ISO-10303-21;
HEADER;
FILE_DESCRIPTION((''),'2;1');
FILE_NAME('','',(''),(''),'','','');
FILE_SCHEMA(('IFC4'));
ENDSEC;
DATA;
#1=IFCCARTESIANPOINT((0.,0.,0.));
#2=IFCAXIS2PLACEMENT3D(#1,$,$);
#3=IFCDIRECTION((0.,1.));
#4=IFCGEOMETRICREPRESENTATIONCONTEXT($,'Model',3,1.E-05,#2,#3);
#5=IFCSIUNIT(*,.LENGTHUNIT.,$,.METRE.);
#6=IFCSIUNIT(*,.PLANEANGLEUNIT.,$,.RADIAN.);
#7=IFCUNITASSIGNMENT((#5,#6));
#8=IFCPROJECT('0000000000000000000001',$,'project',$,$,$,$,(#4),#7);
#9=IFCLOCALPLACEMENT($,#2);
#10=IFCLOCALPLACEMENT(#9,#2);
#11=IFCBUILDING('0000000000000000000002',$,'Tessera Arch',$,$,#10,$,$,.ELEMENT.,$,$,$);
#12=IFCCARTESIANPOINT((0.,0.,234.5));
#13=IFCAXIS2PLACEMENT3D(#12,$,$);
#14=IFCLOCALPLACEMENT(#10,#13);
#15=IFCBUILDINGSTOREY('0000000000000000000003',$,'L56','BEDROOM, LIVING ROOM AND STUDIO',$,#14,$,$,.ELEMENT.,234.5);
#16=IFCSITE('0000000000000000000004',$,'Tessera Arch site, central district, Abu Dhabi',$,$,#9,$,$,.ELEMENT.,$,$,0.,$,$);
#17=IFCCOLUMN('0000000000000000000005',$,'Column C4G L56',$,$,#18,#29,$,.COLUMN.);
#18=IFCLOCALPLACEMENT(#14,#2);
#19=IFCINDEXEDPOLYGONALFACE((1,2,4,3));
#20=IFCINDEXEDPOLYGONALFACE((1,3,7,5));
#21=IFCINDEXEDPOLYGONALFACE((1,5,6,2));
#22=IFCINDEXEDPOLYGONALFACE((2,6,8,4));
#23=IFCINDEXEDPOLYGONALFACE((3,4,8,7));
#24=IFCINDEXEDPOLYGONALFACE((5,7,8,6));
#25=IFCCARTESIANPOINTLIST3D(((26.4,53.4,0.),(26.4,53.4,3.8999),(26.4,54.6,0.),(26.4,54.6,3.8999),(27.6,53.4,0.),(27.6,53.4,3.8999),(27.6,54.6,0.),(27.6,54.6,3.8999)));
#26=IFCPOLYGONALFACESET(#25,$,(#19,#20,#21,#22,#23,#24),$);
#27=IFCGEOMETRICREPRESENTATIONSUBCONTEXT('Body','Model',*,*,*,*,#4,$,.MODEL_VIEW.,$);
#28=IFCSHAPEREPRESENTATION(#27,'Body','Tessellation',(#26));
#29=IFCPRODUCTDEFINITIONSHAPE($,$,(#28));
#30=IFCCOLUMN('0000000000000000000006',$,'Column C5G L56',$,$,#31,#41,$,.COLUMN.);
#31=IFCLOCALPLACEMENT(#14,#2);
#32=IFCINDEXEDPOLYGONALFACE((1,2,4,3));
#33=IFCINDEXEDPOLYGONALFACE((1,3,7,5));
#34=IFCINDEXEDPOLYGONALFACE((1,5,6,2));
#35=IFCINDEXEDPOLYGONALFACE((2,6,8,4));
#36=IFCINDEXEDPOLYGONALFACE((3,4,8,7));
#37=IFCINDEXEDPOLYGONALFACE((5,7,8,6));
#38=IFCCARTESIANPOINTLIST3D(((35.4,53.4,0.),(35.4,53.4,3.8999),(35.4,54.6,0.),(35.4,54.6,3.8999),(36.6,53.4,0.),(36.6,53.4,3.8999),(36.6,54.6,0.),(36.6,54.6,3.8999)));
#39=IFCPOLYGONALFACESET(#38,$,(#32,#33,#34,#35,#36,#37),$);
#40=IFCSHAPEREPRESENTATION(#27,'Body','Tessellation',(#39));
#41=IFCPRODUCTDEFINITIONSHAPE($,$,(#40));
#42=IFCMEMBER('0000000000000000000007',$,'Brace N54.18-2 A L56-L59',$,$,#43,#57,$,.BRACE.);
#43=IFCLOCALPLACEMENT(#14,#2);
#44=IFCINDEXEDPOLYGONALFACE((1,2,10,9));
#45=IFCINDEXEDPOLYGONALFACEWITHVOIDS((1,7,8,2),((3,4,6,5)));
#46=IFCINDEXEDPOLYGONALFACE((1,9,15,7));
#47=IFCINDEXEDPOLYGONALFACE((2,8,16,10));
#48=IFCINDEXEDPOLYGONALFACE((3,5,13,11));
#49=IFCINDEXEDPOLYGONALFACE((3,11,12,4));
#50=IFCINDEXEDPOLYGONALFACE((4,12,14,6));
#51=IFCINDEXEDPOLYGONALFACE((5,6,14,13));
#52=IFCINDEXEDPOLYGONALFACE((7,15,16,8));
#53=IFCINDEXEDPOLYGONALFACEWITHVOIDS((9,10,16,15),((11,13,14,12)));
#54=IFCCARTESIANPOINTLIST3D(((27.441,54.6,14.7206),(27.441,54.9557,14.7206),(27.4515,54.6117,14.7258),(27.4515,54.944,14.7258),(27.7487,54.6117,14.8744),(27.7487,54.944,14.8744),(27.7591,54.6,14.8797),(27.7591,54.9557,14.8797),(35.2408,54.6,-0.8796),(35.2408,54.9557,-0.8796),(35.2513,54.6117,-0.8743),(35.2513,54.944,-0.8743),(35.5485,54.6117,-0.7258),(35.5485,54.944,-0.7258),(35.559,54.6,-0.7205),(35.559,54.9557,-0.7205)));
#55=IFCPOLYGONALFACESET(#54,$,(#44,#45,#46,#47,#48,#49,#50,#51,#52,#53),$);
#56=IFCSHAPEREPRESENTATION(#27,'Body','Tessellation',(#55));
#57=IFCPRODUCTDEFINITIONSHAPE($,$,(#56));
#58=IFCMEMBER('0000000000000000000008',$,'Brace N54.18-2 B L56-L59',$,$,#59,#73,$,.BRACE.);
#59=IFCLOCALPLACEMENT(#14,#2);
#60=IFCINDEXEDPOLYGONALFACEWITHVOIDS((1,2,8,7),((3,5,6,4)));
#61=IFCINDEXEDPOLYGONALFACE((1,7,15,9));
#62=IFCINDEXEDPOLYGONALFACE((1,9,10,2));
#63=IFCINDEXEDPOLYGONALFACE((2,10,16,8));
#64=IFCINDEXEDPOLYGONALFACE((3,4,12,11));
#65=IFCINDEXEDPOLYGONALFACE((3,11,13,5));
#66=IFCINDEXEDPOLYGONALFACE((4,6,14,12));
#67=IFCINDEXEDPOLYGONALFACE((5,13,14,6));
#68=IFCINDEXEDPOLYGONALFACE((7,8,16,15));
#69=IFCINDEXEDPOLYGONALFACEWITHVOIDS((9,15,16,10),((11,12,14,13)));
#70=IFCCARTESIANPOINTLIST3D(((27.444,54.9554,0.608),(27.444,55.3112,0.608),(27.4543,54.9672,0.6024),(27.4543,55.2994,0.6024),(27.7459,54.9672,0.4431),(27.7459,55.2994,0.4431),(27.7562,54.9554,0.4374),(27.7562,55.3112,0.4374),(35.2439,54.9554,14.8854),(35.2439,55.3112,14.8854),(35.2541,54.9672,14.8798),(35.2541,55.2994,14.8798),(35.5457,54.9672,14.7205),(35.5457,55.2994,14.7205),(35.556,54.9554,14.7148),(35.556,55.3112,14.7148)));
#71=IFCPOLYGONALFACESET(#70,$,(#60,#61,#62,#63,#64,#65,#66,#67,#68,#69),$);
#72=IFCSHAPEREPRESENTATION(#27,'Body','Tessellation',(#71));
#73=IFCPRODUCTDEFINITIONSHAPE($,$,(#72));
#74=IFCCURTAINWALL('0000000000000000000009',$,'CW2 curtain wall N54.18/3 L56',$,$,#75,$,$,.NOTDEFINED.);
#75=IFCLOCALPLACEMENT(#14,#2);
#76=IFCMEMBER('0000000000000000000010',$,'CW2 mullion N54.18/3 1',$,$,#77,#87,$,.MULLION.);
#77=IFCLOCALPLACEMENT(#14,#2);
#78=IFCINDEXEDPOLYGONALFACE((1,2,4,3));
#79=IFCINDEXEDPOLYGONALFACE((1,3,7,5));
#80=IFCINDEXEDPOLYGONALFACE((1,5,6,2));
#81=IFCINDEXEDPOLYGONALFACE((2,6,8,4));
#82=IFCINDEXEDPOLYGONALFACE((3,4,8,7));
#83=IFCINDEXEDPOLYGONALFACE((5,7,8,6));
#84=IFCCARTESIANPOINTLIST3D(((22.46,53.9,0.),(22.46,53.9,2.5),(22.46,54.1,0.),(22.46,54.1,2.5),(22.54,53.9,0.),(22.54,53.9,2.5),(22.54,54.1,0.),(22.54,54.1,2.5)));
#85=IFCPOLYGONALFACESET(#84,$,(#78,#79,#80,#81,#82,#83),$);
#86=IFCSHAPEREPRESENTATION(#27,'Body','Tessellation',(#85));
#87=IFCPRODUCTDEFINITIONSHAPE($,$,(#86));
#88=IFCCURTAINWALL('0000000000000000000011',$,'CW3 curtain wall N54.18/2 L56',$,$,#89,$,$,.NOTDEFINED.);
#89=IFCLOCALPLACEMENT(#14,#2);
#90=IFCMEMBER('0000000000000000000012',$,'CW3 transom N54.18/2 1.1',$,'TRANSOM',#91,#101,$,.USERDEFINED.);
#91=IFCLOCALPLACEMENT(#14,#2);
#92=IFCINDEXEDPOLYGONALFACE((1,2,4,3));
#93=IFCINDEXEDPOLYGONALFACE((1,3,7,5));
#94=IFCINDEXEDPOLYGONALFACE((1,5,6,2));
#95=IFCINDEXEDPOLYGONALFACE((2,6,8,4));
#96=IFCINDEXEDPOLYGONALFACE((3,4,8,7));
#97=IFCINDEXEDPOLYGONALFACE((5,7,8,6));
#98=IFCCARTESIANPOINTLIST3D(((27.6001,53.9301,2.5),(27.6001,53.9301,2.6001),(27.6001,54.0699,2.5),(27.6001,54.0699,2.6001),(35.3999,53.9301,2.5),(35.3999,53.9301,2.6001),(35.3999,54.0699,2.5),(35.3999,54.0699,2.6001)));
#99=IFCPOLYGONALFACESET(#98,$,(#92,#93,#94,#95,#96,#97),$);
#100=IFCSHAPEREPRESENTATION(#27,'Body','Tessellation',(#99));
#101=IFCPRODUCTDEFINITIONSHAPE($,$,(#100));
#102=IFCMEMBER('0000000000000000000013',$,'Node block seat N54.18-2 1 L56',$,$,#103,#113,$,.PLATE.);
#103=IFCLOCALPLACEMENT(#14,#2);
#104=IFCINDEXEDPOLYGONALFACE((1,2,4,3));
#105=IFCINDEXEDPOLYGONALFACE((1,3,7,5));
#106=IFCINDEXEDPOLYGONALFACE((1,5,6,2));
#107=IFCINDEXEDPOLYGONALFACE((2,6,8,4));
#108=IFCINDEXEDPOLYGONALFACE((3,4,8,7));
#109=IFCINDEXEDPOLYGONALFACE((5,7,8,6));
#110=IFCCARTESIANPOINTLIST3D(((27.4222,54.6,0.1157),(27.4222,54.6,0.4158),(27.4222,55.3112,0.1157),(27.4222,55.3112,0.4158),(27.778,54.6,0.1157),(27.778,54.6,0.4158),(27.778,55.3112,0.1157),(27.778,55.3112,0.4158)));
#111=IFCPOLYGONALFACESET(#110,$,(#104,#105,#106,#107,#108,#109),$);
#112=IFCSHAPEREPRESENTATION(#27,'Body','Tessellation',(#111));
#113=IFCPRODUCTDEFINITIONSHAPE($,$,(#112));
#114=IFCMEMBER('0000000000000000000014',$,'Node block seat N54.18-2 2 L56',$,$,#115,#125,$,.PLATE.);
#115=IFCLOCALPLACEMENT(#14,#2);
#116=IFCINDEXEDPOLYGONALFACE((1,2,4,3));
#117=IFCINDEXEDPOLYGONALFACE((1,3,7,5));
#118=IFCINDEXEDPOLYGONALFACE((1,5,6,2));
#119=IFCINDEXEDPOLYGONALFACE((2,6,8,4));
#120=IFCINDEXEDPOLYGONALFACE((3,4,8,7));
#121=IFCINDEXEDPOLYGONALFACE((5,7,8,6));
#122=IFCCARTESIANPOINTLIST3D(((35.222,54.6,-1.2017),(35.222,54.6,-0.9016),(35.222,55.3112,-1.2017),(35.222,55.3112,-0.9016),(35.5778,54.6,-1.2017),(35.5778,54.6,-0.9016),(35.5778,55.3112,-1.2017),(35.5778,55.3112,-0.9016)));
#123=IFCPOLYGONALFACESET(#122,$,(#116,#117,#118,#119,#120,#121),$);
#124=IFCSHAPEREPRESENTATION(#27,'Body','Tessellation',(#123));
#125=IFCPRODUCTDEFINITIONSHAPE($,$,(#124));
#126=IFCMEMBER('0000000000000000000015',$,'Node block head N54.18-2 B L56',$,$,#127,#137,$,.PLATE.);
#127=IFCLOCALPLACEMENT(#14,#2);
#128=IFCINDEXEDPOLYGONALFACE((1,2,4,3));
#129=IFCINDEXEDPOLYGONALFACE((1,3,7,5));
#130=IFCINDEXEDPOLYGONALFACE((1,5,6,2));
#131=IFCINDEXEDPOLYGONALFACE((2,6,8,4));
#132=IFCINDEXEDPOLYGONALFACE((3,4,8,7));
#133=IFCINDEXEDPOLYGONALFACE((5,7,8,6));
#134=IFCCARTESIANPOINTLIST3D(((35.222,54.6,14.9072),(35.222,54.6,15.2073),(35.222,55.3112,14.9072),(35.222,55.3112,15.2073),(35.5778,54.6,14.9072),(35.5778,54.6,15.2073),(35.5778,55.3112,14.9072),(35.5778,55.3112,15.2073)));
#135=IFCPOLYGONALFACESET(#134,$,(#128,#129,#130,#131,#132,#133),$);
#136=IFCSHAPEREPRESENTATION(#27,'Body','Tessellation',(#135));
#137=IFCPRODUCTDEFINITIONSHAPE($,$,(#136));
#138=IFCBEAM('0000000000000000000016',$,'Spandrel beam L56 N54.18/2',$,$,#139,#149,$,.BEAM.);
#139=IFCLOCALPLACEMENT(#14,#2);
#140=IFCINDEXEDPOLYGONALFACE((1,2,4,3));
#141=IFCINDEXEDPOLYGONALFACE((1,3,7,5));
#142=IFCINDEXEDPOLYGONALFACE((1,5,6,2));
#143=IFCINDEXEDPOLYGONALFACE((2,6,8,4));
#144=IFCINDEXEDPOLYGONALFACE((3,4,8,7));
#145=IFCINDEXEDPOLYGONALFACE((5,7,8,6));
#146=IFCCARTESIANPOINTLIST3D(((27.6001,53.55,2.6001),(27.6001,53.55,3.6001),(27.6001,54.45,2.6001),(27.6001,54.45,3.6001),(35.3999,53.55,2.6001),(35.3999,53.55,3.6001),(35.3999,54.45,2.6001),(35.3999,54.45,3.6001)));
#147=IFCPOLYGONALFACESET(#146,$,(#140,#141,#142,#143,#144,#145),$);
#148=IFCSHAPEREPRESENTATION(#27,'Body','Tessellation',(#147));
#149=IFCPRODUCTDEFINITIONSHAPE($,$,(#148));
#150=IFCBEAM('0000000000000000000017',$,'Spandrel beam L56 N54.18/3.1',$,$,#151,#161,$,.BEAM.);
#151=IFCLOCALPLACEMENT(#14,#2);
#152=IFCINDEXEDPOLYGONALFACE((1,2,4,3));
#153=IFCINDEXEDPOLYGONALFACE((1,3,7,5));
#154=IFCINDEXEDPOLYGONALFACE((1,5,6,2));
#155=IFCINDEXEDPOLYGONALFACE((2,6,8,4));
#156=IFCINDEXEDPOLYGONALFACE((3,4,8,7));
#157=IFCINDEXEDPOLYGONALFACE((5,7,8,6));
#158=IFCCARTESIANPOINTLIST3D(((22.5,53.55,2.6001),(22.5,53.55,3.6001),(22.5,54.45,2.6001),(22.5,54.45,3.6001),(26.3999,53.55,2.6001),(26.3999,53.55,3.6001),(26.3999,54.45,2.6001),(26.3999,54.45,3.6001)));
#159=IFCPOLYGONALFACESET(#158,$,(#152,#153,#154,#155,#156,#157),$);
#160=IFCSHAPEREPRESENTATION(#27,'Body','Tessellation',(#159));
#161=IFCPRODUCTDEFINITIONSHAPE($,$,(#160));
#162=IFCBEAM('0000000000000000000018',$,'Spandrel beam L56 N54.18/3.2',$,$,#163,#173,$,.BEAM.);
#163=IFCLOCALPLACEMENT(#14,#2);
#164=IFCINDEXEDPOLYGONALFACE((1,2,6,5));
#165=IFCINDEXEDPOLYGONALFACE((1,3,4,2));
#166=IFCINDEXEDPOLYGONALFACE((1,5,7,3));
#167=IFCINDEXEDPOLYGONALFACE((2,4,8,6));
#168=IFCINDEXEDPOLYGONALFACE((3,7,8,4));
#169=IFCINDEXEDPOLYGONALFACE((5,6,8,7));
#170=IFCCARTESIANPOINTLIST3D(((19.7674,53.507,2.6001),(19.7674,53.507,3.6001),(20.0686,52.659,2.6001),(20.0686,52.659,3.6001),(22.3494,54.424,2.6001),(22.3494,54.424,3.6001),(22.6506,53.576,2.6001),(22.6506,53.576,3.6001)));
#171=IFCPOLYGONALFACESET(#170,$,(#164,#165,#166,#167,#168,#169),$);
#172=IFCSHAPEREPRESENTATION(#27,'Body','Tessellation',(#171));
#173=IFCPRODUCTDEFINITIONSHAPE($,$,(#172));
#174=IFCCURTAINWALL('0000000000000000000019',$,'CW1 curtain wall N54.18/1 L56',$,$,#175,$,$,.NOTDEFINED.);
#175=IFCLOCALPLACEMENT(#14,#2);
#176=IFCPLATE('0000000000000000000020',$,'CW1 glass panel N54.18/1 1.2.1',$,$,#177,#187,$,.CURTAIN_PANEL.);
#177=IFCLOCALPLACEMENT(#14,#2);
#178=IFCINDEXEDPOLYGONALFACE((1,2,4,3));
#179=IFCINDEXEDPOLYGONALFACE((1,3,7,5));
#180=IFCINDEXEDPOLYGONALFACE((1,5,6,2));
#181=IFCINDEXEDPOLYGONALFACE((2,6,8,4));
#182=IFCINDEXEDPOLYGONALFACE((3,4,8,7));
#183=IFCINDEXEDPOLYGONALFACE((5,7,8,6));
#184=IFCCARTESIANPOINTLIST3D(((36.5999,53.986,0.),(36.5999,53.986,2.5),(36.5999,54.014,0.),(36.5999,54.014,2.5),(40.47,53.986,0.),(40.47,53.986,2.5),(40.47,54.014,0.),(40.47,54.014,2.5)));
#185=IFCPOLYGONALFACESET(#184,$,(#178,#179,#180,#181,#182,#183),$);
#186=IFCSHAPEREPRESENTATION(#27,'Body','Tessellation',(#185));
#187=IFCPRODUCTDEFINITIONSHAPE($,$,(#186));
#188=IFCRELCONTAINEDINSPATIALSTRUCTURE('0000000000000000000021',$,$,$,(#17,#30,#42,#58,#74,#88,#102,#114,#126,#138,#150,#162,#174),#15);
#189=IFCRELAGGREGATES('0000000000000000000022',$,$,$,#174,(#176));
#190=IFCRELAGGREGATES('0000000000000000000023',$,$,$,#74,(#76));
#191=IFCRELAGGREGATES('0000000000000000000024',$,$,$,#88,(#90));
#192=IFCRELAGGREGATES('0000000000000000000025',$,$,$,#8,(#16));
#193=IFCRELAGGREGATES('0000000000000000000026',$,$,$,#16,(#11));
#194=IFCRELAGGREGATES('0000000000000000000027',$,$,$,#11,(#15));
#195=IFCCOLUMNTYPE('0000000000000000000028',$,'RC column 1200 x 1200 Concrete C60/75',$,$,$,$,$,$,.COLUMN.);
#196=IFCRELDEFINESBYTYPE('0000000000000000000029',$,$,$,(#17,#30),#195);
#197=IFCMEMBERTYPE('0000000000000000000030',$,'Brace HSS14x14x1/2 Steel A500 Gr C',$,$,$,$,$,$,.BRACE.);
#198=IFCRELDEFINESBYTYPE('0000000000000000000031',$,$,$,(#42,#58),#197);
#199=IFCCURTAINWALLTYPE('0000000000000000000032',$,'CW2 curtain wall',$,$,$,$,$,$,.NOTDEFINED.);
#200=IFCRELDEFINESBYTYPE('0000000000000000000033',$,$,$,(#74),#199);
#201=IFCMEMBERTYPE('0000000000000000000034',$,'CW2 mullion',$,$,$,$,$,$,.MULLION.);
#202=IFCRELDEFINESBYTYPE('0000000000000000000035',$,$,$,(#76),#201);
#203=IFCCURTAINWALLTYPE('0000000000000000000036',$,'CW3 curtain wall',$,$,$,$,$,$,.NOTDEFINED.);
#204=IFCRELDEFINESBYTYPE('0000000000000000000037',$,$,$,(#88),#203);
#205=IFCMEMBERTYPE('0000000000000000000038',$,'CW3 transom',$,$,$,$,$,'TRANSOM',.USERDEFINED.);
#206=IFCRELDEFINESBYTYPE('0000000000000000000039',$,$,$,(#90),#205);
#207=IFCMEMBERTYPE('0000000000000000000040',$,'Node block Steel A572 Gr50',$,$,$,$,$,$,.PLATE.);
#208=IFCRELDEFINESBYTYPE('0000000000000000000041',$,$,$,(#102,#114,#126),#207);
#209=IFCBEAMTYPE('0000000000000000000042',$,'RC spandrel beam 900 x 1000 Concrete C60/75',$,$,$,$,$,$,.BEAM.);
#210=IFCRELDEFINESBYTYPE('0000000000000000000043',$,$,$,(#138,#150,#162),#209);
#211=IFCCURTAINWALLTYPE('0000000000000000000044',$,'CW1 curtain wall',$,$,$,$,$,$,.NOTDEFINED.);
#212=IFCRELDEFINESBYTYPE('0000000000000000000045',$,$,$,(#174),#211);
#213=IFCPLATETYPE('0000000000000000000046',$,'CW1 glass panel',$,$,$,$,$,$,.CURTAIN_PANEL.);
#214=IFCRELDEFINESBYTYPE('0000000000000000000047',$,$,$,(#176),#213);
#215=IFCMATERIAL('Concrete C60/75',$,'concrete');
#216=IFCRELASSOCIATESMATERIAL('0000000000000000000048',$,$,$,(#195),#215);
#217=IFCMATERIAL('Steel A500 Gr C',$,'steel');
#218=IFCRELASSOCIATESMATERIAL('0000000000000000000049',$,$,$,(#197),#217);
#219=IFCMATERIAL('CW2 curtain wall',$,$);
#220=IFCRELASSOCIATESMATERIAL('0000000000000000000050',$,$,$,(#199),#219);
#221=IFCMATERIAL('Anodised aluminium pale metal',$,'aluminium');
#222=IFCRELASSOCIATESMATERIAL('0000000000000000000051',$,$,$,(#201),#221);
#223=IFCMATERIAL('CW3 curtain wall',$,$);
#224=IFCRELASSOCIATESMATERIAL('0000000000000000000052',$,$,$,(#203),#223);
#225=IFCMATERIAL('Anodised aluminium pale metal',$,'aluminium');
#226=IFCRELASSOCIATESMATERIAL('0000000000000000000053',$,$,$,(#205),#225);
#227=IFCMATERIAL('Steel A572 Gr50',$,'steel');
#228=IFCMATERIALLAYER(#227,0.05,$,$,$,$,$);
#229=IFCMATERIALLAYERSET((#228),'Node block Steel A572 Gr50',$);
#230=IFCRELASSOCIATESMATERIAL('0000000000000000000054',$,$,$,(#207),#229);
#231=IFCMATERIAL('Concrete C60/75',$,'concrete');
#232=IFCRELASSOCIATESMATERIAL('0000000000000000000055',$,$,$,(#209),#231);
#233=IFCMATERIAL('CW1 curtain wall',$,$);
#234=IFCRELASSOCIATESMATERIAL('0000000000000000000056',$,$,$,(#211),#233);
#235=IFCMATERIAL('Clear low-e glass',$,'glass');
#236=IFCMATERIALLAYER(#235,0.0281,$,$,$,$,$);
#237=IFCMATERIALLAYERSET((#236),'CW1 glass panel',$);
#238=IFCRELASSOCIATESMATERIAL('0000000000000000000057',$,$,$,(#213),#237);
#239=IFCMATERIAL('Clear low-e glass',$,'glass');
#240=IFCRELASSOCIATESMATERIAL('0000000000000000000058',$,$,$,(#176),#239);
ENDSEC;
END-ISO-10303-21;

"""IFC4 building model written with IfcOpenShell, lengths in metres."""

from ifc_helpers import new_model, si_unit, direction, frame, origin, origin_2d, place, context, subcontext, project, spatial, rectangle, hollow_rectangle, extrude, material, layer, layer_set, material_profile, profile_set, type_object, element, aggregate, save


model = new_model("IFC4")

# Units and contexts
model_context = context("Model", 3, precision=1e-05, world=origin(), true_north=direction((0.0, 1.0)))
body_context = subcontext(model_context, "Body", "Model", "MODEL_VIEW")
ifc_project = project(units=[si_unit("LENGTHUNIT", "METRE"), si_unit("PLANEANGLEUNIT", "RADIAN")], contexts=[model_context])

# Site, building, storey
site_placement = place(None, origin())
site = spatial("IfcSite", under=ifc_project, at=site_placement, Name="Tessera Arch site, central district, Abu Dhabi", CompositionType="ELEMENT", RefElevation=0.0)
building_placement = place(site_placement, origin())
building = spatial("IfcBuilding", under=site, at=building_placement, Name="Tessera Arch", CompositionType="ELEMENT")
storey_placement = place(building_placement, frame((0.0, 0.0, 234.5)))
storey = spatial("IfcBuildingStorey", under=building, at=storey_placement, Name="L56", Description="BEDROOM, LIVING ROOM AND STUDIO", CompositionType="ELEMENT", Elevation=234.5)

# Columns
ifc_material_1 = material(Name="Concrete C60/75", Category="concrete")
ifc_material_profile_1 = material_profile(ifc_material_1, rectangle(XDim=1.2, YDim=1.2, at=origin_2d()), Name="RC column 1200 x 1200 Concrete C60/75")
ifc_profile_set_1 = profile_set([ifc_material_profile_1], Name="Concrete C60/75")
column_type = type_object("IfcColumnType", Name="RC column 1200 x 1200 Concrete C60/75", PredefinedType="COLUMN", material=ifc_profile_set_1)
for number, where, z_axis, x_axis, name in (
    (1, (27.0, 54.0, 0.0), (0.0, 0.0, 1.0), (1.0, 0.0, 0.0), "Column C4G L56"),
    (2, (36.0, 54.0, 0.0), (0.0, 0.0, 1.0), (1.0, 0.0, 0.0), "Column C5G L56"),
):
    element("IfcColumn", number, at=place(storey_placement, frame(where, z_axis=z_axis, x_axis=x_axis)), inside=storey, type_object=column_type, Name=name, PredefinedType="COLUMN", context=body_context, shape_type="SweptSolid", body=[
        extrude(rectangle(XDim=1.2, YDim=1.2, at=origin_2d()), origin(), (0.0, 0.0, 1.0), 3.8999),
    ])

# Members
ifc_material_2 = material(Name="Steel A500 Gr C", Category="steel")
ifc_material_profile_2 = material_profile(ifc_material_2, hollow_rectangle(XDim=0.3557, YDim=0.3557, WallThickness=0.0117, at=origin_2d()), Name="HSS14x14x1/2")
ifc_profile_set_2 = profile_set([ifc_material_profile_2], Name="Steel A500 Gr C")
member_type_1 = type_object("IfcMemberType", Name="Brace HSS14x14x1/2 Steel A500 Gr C", PredefinedType="BRACE", material=ifc_profile_set_2)
member_1_placement = place(storey_placement, frame((35.3999, 54.7778, -0.8), z_axis=(-0.447202, 0.0, 0.894433), x_axis=(0.0, -1.0, 0.0)))
element("IfcMember", 3, at=member_1_placement, inside=storey, type_object=member_type_1, Name="Brace N54.18-2 A L56-L59", PredefinedType="BRACE", context=body_context, shape_type="SweptSolid", body=[
    extrude(hollow_rectangle(XDim=0.3557, YDim=0.3557, WallThickness=0.0117, at=origin_2d()), origin(), (0.0, 0.0, 1.0), 17.4414),
])
member_2_placement = place(storey_placement, frame((27.6001, 55.1333, 0.5227), z_axis=(0.479428, 0.0, 0.877581), x_axis=(0.0, 1.0, 0.0)))
element("IfcMember", 4, at=member_2_placement, inside=storey, type_object=member_type_1, Name="Brace N54.18-2 B L56-L59", PredefinedType="BRACE", context=body_context, shape_type="SweptSolid", body=[
    extrude(hollow_rectangle(XDim=0.3557, YDim=0.3557, WallThickness=0.0117, at=origin_2d()), origin(), (0.0, 0.0, 1.0), 16.269),
])

# Curtain walls, members
ifc_material_3 = material(Name="CW2 curtain wall")
curtain_wall_type_1 = type_object("IfcCurtainWallType", Name="CW2 curtain wall", PredefinedType="NOTDEFINED", material=ifc_material_3)
curtain_wall_1_placement = place(storey_placement, origin())
curtain_wall_1 = element("IfcCurtainWall", 5, at=curtain_wall_1_placement, inside=storey, type_object=curtain_wall_type_1, Name="CW2 curtain wall N54.18/3 L56", PredefinedType="NOTDEFINED")
ifc_material_4 = material(Name="Anodised aluminium pale metal", Category="aluminium")
ifc_material_profile_3 = material_profile(ifc_material_4, rectangle(XDim=0.2, YDim=0.0801, at=origin_2d()), Name="AL 80x200")
ifc_profile_set_3 = profile_set([ifc_material_profile_3], Name="Anodised aluminium pale metal")
member_type_2 = type_object("IfcMemberType", Name="CW2 mullion", PredefinedType="MULLION", material=ifc_profile_set_3)
member_3_placement = place(storey_placement, frame((22.5, 54.0, 0.0), z_axis=(0.0, 0.0, 1.0), x_axis=(0.0, -1.0, 0.0)))
member_3 = element("IfcMember", 6, at=member_3_placement, type_object=member_type_2, Name="CW2 mullion N54.18/3 1", PredefinedType="MULLION", context=body_context, shape_type="SweptSolid", body=[
    extrude(rectangle(XDim=0.2, YDim=0.0801, at=origin_2d()), origin(), (0.0, 0.0, 1.0), 2.5),
])
ifc_material_5 = material(Name="CW3 curtain wall")
curtain_wall_type_2 = type_object("IfcCurtainWallType", Name="CW3 curtain wall", PredefinedType="NOTDEFINED", material=ifc_material_5)
curtain_wall_2_placement = place(storey_placement, origin())
curtain_wall_2 = element("IfcCurtainWall", 7, at=curtain_wall_2_placement, inside=storey, type_object=curtain_wall_type_2, Name="CW3 curtain wall N54.18/2 L56", PredefinedType="NOTDEFINED")
ifc_material_6 = material(Name="Anodised aluminium pale metal", Category="aluminium")
ifc_material_profile_4 = material_profile(ifc_material_6, rectangle(XDim=0.1399, YDim=0.1001, at=origin_2d()), Name="AL 140x100")
ifc_profile_set_4 = profile_set([ifc_material_profile_4], Name="Anodised aluminium pale metal")
member_type_3 = type_object("IfcMemberType", Name="CW3 transom", ElementType="TRANSOM", PredefinedType="USERDEFINED", material=ifc_profile_set_4)
member_4_placement = place(storey_placement, frame((35.3999, 54.0, 2.55), z_axis=(-1.0, 0.0, 0.0), x_axis=(0.0, -1.0, 0.0)))
member_4 = element("IfcMember", 8, at=member_4_placement, type_object=member_type_3, Name="CW3 transom N54.18/2 1.1", ObjectType="TRANSOM", PredefinedType="USERDEFINED", context=body_context, shape_type="SweptSolid", body=[
    extrude(rectangle(XDim=0.1399, YDim=0.1001, at=origin_2d()), origin(), (0.0, 0.0, 1.0), 7.7998),
])

# Members
ifc_material_7 = material(Name="Steel A572 Gr50", Category="steel")
ifc_layer_1 = layer(ifc_material_7, 0.05)
ifc_layer_set_1 = layer_set([ifc_layer_1], Name="Node block Steel A572 Gr50")
member_type_4 = type_object("IfcMemberType", Name="Node block Steel A572 Gr50", PredefinedType="PLATE", material=ifc_layer_set_1)
for number, where, z_axis, x_axis, name in (
    (9, (27.6001, 54.9556, 0.1157), (0.0, 0.0, 1.0), (-1.0, 0.0, 0.0), "Node block seat N54.18-2 1 L56"),
    (10, (35.3999, 54.9556, -1.2017), (0.0, 0.0, 1.0), (-1.0, 0.0, 0.0), "Node block seat N54.18-2 2 L56"),
    (11, (35.3999, 54.9556, 14.9072), (0.0, 0.0, 1.0), (-1.0, 0.0, 0.0), "Node block head N54.18-2 B L56"),
):
    element("IfcMember", number, at=place(storey_placement, frame(where, z_axis=z_axis, x_axis=x_axis)), inside=storey, type_object=member_type_4, Name=name, PredefinedType="PLATE", context=body_context, shape_type="SweptSolid", body=[
        extrude(rectangle(XDim=0.3557, YDim=0.7112, at=origin_2d()), origin(), (0.0, 0.0, 1.0), 0.3),
    ])

# Beams
ifc_material_8 = material(Name="Concrete C60/75", Category="concrete")
ifc_material_profile_5 = material_profile(ifc_material_8, rectangle(XDim=0.8999, YDim=1.0, at=origin_2d()), Name="RC spandrel beam 900 x 1000 Concrete C60/75")
ifc_profile_set_5 = profile_set([ifc_material_profile_5], Name="Concrete C60/75")
beam_type = type_object("IfcBeamType", Name="RC spandrel beam 900 x 1000 Concrete C60/75", PredefinedType="BEAM", material=ifc_profile_set_5)
beam_1_placement = place(storey_placement, frame((35.3999, 54.0, 3.1001), z_axis=(-1.0, 0.0, 0.0), x_axis=(0.0, -1.0, 0.0)))
element("IfcBeam", 12, at=beam_1_placement, inside=storey, type_object=beam_type, Name="Spandrel beam L56 N54.18/2", PredefinedType="BEAM", context=body_context, shape_type="SweptSolid", body=[
    extrude(rectangle(XDim=0.8999, YDim=1.0, at=origin_2d()), origin(), (0.0, 0.0, 1.0), 7.7998),
])
beam_2_placement = place(storey_placement, frame((26.3999, 54.0, 3.1001), z_axis=(-1.0, 0.0, 0.0), x_axis=(0.0, -1.0, 0.0)))
element("IfcBeam", 13, at=beam_2_placement, inside=storey, type_object=beam_type, Name="Spandrel beam L56 N54.18/3.1", PredefinedType="BEAM", context=body_context, shape_type="SweptSolid", body=[
    extrude(rectangle(XDim=0.8999, YDim=1.0, at=origin_2d()), origin(), (0.0, 0.0, 1.0), 3.8999),
])
beam_3_placement = place(storey_placement, frame((22.5, 54.0, 3.1001), z_axis=(-0.942337, -0.334665, 0.0), x_axis=(0.334665, -0.942337, 0.0)))
element("IfcBeam", 14, at=beam_3_placement, inside=storey, type_object=beam_type, Name="Spandrel beam L56 N54.18/3.2", PredefinedType="BEAM", context=body_context, shape_type="SweptSolid", body=[
    extrude(rectangle(XDim=0.8999, YDim=1.0, at=origin_2d()), origin(), (0.0, 0.0, 1.0), 2.74),
])

# Curtain wall, plate
ifc_material_9 = material(Name="CW1 curtain wall")
curtain_wall_type_3 = type_object("IfcCurtainWallType", Name="CW1 curtain wall", PredefinedType="NOTDEFINED", material=ifc_material_9)
curtain_wall_3_placement = place(storey_placement, origin())
curtain_wall_3 = element("IfcCurtainWall", 15, at=curtain_wall_3_placement, inside=storey, type_object=curtain_wall_type_3, Name="CW1 curtain wall N54.18/1 L56", PredefinedType="NOTDEFINED")
ifc_material_10 = material(Name="Clear low-e glass", Category="glass")
ifc_material_11 = material(Name="Clear low-e glass", Category="glass")
ifc_layer_2 = layer(ifc_material_11, 0.0281)
ifc_layer_set_2 = layer_set([ifc_layer_2], Name="CW1 glass panel")
plate_type_1 = type_object("IfcPlateType", Name="CW1 glass panel", PredefinedType="CURTAIN_PANEL", material=ifc_layer_set_2)
plate_1_placement = place(storey_placement, frame((38.5349, 54.0, 0.0), z_axis=(0.0, 0.0, 1.0), x_axis=(-1.0, 0.0, 0.0)))
plate_1 = element("IfcPlate", 16, at=plate_1_placement, type_object=plate_type_1, material=ifc_material_10, Name="CW1 glass panel N54.18/1 1.2.1", PredefinedType="CURTAIN_PANEL", context=body_context, shape_type="SweptSolid", body=[
    extrude(rectangle(XDim=3.8701, YDim=0.0281, at=origin_2d()), origin(), (0.0, 0.0, 1.0), 2.5),
])
aggregate(curtain_wall_3, [plate_1])

aggregate(curtain_wall_1, [member_3])
aggregate(curtain_wall_2, [member_4])

save(model, "model.ifc")
